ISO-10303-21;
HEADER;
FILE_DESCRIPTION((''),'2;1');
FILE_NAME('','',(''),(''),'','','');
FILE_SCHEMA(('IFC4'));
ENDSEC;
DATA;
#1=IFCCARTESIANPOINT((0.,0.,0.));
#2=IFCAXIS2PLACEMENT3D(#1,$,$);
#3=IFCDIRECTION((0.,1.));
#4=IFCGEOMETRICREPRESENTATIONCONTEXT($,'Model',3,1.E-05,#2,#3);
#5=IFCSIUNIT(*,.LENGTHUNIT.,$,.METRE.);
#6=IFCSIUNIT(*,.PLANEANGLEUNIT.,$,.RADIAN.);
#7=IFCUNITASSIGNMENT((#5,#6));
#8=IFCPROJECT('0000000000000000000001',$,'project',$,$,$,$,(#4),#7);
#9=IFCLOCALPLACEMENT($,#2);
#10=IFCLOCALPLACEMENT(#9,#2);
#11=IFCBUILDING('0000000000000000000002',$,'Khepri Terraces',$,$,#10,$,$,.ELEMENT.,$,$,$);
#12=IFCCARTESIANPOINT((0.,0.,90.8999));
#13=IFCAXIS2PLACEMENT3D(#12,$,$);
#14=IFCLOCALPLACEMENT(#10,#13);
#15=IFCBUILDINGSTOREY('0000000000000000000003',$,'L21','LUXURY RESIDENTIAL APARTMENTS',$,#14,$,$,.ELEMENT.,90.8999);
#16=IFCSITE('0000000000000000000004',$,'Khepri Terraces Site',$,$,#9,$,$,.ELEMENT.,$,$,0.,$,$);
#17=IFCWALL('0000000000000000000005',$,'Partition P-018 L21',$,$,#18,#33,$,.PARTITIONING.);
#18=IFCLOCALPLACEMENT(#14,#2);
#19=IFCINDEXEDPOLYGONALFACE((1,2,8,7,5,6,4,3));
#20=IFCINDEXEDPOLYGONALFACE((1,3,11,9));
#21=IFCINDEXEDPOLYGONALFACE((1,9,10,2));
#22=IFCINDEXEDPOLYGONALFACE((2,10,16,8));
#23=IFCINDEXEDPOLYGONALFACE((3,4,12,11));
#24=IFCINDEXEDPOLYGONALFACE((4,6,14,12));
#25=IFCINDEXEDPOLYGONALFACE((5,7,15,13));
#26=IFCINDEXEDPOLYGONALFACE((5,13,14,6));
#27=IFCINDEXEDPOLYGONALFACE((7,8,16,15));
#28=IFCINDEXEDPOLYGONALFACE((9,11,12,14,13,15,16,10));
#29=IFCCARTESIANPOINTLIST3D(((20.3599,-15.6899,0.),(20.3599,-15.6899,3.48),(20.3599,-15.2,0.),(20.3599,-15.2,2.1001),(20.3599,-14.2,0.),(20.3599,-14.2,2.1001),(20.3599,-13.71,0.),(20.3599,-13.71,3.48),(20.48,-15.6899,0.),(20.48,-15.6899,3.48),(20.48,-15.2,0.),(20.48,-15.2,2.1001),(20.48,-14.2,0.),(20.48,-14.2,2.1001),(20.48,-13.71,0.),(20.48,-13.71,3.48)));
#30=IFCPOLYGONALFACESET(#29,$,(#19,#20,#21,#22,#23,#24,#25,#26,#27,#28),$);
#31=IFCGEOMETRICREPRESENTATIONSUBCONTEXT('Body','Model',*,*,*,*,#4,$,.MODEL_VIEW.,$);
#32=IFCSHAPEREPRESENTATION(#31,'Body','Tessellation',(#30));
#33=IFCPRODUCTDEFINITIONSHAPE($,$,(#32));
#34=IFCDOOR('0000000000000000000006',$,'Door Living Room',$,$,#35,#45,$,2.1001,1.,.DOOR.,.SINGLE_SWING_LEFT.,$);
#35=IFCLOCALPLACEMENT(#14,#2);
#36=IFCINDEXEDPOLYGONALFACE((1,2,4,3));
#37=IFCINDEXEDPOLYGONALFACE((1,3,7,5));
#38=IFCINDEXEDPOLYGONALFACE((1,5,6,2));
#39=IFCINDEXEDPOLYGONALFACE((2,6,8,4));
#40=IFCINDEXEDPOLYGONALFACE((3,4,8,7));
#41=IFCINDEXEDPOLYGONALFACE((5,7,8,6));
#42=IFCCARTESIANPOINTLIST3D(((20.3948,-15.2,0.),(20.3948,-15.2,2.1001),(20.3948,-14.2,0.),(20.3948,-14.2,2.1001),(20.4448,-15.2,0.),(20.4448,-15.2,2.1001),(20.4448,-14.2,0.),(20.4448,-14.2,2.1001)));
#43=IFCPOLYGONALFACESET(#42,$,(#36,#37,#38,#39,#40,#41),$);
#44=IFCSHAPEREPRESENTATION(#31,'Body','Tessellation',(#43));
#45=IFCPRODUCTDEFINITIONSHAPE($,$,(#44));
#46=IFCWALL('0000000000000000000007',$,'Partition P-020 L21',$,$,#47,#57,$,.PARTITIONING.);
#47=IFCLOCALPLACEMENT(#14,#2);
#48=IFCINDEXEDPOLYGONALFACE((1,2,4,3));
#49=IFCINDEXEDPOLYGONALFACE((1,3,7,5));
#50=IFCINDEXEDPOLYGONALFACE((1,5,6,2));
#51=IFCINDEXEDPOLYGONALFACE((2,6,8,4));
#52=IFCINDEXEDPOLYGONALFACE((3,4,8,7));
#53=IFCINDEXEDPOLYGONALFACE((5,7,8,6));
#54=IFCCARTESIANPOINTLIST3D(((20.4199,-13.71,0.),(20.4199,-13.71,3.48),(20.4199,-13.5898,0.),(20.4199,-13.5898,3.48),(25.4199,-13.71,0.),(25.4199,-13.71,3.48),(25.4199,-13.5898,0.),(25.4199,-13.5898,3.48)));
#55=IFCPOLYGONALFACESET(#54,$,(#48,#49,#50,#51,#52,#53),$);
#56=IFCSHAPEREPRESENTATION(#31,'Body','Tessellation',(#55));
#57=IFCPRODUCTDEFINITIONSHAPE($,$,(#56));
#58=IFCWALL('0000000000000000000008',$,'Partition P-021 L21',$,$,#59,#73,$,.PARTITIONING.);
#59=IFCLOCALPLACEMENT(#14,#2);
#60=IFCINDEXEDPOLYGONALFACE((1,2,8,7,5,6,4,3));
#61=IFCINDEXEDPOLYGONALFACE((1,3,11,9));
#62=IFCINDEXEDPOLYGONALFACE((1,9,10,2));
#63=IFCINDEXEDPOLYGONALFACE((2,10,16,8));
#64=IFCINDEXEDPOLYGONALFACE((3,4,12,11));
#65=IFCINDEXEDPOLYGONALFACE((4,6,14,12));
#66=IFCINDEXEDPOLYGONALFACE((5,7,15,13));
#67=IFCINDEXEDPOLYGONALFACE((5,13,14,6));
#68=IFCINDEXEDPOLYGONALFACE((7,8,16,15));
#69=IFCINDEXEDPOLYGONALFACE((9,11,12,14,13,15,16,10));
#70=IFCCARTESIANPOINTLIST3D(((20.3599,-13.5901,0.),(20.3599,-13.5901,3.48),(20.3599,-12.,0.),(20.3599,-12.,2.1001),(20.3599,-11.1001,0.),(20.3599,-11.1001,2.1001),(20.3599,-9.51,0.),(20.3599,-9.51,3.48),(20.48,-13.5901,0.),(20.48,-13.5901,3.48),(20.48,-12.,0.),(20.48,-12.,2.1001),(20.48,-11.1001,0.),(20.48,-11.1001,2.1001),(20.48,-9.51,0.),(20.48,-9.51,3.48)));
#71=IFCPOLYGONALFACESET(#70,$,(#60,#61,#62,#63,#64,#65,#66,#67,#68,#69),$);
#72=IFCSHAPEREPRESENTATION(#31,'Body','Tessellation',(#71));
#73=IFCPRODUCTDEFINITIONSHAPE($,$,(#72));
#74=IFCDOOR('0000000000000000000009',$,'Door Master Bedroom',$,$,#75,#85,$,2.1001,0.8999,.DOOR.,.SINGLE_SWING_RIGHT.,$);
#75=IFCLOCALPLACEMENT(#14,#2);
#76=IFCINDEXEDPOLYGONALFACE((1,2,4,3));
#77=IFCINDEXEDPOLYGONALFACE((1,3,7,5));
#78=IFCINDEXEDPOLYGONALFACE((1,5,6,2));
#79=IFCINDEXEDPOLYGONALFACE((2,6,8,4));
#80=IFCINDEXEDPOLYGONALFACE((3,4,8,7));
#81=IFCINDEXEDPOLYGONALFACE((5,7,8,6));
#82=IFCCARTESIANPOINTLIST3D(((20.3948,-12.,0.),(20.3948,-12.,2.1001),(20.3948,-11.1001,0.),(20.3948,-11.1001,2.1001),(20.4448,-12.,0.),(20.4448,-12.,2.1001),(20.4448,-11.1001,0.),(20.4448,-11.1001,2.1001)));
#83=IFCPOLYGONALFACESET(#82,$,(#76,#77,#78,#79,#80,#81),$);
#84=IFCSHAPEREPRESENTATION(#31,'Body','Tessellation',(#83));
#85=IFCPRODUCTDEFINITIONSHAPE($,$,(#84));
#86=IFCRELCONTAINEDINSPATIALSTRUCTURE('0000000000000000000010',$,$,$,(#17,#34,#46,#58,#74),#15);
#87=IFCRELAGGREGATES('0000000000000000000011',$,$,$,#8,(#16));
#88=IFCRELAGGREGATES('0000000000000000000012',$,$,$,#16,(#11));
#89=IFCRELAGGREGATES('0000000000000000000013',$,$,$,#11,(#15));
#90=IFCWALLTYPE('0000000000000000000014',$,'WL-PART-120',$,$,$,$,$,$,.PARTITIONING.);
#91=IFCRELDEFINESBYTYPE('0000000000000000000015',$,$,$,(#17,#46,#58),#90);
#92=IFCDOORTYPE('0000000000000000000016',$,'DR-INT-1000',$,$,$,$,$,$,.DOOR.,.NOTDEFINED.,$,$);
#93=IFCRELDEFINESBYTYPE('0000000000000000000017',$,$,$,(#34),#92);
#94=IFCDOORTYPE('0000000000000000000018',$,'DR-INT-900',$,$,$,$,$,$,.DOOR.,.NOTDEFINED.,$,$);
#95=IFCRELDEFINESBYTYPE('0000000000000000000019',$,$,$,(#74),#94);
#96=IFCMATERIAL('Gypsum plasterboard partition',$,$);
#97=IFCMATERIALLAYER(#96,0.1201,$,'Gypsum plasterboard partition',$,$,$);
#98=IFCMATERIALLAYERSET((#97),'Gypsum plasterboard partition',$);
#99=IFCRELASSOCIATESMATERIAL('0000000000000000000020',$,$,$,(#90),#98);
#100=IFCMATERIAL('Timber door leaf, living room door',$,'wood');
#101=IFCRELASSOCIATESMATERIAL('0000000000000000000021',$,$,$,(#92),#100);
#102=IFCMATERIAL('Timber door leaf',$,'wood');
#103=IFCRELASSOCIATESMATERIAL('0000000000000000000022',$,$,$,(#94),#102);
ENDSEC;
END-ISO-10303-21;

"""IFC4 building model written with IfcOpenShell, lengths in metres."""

from ifc_helpers import new_model, si_unit, direction, frame, frame_2d, origin, place, context, subcontext, project, spatial, rectangle, extrude, material, layer, layer_set, type_object, element, fill, save


model = new_model("IFC4")

# Units and contexts
model_context = context("Model", 3, precision=1e-05, world=origin(), true_north=direction((0.0, 1.0)))
body_context = subcontext(model_context, "Body", "Model", "MODEL_VIEW")
ifc_project = project(units=[si_unit("LENGTHUNIT", "METRE"), si_unit("PLANEANGLEUNIT", "RADIAN")], contexts=[model_context])

# Site, building, storey
site_placement = place(None, origin())
site = spatial("IfcSite", under=ifc_project, at=site_placement, Name="Khepri Terraces Site", CompositionType="ELEMENT", RefElevation=0.0)
building_placement = place(site_placement, origin())
building = spatial("IfcBuilding", under=site, at=building_placement, Name="Khepri Terraces", CompositionType="ELEMENT")
storey_placement = place(building_placement, frame((0.0, 0.0, 90.8999)))
storey = spatial("IfcBuildingStorey", under=building, at=storey_placement, Name="L21", Description="LUXURY RESIDENTIAL APARTMENTS", CompositionType="ELEMENT", Elevation=90.8999)

# Shared definitions
ifc_material_1 = material(Name="Gypsum plasterboard partition")
ifc_layer_1 = layer(ifc_material_1, 0.1201, Name="Gypsum plasterboard partition")
ifc_layer_set_1 = layer_set([ifc_layer_1], Name="Gypsum plasterboard partition")
wall_type_1 = type_object("IfcWallType", Name="WL-PART-120", PredefinedType="PARTITIONING", material=ifc_layer_set_1)

# Wall, opening, door
ifc_material_2 = material(Name="Timber door leaf, living room door", Category="wood")
door_type_1 = type_object("IfcDoorType", Name="DR-INT-1000", OperationType="NOTDEFINED", PredefinedType="DOOR", material=ifc_material_2)
wall_1_placement = place(storey_placement, frame((20.4199, -15.6899, 0.0), z_axis=(0.0, 0.0, 1.0), x_axis=(0.0, 1.0, 0.0)))
wall_1 = element("IfcWall", 1, at=wall_1_placement, inside=storey, type_object=wall_type_1, Name="Partition P-018 L21", PredefinedType="PARTITIONING", context=body_context, shape_type="SweptSolid", body=[
    extrude(rectangle(XDim=1.98, YDim=0.1201, at=frame_2d((0.99, 0.0))), origin(), (0.0, 0.0, 1.0), 3.48),
])
opening_1_placement = place(wall_1_placement, frame((0.49, 0.0, 0.0)))
opening_1 = element("IfcOpeningElement", 2, at=opening_1_placement, cuts=wall_1, PredefinedType="OPENING", context=body_context, shape_type="SweptSolid", body=[
    extrude(rectangle(XDim=1.0, YDim=2.1001, at=frame_2d((0.5, 1.05))), frame((0.0, 0.0701, 0.0), z_axis=(0.0, -1.0, 0.0), x_axis=(1.0, 0.0, 0.0)), (0.0, 0.0, 1.0), 0.1401),
])
door_1_placement = place(opening_1_placement, frame((1.0, 0.0, 0.0), z_axis=(0.0, 0.0, 1.0), x_axis=(-1.0, 0.0, 0.0)))
door_1 = element("IfcDoor", 3, at=door_1_placement, inside=storey, type_object=door_type_1, Name="Door Living Room", OperationType="SINGLE_SWING_LEFT", OverallHeight=2.1001, OverallWidth=1.0, PredefinedType="DOOR", context=body_context, shape_type="SweptSolid", body=[
    extrude(rectangle(XDim=1.0, YDim=2.1001, at=frame_2d((0.5, 1.05))), frame((0.0, 0.0249, 0.0), z_axis=(0.0, -1.0, 0.0), x_axis=(1.0, 0.0, 0.0)), (0.0, 0.0, 1.0), 0.05),
])
fill(opening_1, door_1)

# Wall
wall_2_placement = place(storey_placement, frame((20.4199, -13.6499, 0.0), z_axis=(0.0, 0.0, 1.0), x_axis=(1.0, 0.0, 0.0)))
element("IfcWall", 4, at=wall_2_placement, inside=storey, type_object=wall_type_1, Name="Partition P-020 L21", PredefinedType="PARTITIONING", context=body_context, shape_type="SweptSolid", body=[
    extrude(rectangle(XDim=5.0, YDim=0.1201, at=frame_2d((2.5, 0.0))), origin(), (0.0, 0.0, 1.0), 3.48),
])

# Wall, opening, door
wall_3_placement = place(storey_placement, frame((20.4199, -13.5901, 0.0), z_axis=(0.0, 0.0, 1.0), x_axis=(0.0, 1.0, 0.0)))
wall_3 = element("IfcWall", 5, at=wall_3_placement, inside=storey, type_object=wall_type_1, Name="Partition P-021 L21", PredefinedType="PARTITIONING", context=body_context, shape_type="SweptSolid", body=[
    extrude(rectangle(XDim=4.0801, YDim=0.1201, at=frame_2d((2.04, 0.0))), origin(), (0.0, 0.0, 1.0), 3.48),
])
opening_2_placement = place(wall_3_placement, frame((1.5901, 0.0, 0.0)))
opening_2 = element("IfcOpeningElement", 6, at=opening_2_placement, cuts=wall_3, PredefinedType="OPENING", context=body_context, shape_type="SweptSolid", body=[
    extrude(rectangle(XDim=0.8999, YDim=2.1001, at=frame_2d((0.45, 1.05))), frame((0.0, 0.0701, 0.0), z_axis=(0.0, -1.0, 0.0), x_axis=(1.0, 0.0, 0.0)), (0.0, 0.0, 1.0), 0.1401),
])
ifc_material_3 = material(Name="Timber door leaf", Category="wood")
door_type_2 = type_object("IfcDoorType", Name="DR-INT-900", OperationType="NOTDEFINED", PredefinedType="DOOR", material=ifc_material_3)
door_2_placement = place(opening_2_placement, frame((0.8999, 0.0, 0.0), z_axis=(0.0, 0.0, 1.0), x_axis=(-1.0, 0.0, 0.0)))
door_2 = element("IfcDoor", 7, at=door_2_placement, inside=storey, type_object=door_type_2, Name="Door Master Bedroom", OperationType="SINGLE_SWING_RIGHT", OverallHeight=2.1001, OverallWidth=0.8999, PredefinedType="DOOR", context=body_context, shape_type="SweptSolid", body=[
    extrude(rectangle(XDim=0.8999, YDim=2.1001, at=frame_2d((0.45, 1.05))), frame((0.0, 0.0249, 0.0), z_axis=(0.0, -1.0, 0.0), x_axis=(1.0, 0.0, 0.0)), (0.0, 0.0, 1.0), 0.05),
])
fill(opening_2, door_2)

save(model, "model.ifc")
